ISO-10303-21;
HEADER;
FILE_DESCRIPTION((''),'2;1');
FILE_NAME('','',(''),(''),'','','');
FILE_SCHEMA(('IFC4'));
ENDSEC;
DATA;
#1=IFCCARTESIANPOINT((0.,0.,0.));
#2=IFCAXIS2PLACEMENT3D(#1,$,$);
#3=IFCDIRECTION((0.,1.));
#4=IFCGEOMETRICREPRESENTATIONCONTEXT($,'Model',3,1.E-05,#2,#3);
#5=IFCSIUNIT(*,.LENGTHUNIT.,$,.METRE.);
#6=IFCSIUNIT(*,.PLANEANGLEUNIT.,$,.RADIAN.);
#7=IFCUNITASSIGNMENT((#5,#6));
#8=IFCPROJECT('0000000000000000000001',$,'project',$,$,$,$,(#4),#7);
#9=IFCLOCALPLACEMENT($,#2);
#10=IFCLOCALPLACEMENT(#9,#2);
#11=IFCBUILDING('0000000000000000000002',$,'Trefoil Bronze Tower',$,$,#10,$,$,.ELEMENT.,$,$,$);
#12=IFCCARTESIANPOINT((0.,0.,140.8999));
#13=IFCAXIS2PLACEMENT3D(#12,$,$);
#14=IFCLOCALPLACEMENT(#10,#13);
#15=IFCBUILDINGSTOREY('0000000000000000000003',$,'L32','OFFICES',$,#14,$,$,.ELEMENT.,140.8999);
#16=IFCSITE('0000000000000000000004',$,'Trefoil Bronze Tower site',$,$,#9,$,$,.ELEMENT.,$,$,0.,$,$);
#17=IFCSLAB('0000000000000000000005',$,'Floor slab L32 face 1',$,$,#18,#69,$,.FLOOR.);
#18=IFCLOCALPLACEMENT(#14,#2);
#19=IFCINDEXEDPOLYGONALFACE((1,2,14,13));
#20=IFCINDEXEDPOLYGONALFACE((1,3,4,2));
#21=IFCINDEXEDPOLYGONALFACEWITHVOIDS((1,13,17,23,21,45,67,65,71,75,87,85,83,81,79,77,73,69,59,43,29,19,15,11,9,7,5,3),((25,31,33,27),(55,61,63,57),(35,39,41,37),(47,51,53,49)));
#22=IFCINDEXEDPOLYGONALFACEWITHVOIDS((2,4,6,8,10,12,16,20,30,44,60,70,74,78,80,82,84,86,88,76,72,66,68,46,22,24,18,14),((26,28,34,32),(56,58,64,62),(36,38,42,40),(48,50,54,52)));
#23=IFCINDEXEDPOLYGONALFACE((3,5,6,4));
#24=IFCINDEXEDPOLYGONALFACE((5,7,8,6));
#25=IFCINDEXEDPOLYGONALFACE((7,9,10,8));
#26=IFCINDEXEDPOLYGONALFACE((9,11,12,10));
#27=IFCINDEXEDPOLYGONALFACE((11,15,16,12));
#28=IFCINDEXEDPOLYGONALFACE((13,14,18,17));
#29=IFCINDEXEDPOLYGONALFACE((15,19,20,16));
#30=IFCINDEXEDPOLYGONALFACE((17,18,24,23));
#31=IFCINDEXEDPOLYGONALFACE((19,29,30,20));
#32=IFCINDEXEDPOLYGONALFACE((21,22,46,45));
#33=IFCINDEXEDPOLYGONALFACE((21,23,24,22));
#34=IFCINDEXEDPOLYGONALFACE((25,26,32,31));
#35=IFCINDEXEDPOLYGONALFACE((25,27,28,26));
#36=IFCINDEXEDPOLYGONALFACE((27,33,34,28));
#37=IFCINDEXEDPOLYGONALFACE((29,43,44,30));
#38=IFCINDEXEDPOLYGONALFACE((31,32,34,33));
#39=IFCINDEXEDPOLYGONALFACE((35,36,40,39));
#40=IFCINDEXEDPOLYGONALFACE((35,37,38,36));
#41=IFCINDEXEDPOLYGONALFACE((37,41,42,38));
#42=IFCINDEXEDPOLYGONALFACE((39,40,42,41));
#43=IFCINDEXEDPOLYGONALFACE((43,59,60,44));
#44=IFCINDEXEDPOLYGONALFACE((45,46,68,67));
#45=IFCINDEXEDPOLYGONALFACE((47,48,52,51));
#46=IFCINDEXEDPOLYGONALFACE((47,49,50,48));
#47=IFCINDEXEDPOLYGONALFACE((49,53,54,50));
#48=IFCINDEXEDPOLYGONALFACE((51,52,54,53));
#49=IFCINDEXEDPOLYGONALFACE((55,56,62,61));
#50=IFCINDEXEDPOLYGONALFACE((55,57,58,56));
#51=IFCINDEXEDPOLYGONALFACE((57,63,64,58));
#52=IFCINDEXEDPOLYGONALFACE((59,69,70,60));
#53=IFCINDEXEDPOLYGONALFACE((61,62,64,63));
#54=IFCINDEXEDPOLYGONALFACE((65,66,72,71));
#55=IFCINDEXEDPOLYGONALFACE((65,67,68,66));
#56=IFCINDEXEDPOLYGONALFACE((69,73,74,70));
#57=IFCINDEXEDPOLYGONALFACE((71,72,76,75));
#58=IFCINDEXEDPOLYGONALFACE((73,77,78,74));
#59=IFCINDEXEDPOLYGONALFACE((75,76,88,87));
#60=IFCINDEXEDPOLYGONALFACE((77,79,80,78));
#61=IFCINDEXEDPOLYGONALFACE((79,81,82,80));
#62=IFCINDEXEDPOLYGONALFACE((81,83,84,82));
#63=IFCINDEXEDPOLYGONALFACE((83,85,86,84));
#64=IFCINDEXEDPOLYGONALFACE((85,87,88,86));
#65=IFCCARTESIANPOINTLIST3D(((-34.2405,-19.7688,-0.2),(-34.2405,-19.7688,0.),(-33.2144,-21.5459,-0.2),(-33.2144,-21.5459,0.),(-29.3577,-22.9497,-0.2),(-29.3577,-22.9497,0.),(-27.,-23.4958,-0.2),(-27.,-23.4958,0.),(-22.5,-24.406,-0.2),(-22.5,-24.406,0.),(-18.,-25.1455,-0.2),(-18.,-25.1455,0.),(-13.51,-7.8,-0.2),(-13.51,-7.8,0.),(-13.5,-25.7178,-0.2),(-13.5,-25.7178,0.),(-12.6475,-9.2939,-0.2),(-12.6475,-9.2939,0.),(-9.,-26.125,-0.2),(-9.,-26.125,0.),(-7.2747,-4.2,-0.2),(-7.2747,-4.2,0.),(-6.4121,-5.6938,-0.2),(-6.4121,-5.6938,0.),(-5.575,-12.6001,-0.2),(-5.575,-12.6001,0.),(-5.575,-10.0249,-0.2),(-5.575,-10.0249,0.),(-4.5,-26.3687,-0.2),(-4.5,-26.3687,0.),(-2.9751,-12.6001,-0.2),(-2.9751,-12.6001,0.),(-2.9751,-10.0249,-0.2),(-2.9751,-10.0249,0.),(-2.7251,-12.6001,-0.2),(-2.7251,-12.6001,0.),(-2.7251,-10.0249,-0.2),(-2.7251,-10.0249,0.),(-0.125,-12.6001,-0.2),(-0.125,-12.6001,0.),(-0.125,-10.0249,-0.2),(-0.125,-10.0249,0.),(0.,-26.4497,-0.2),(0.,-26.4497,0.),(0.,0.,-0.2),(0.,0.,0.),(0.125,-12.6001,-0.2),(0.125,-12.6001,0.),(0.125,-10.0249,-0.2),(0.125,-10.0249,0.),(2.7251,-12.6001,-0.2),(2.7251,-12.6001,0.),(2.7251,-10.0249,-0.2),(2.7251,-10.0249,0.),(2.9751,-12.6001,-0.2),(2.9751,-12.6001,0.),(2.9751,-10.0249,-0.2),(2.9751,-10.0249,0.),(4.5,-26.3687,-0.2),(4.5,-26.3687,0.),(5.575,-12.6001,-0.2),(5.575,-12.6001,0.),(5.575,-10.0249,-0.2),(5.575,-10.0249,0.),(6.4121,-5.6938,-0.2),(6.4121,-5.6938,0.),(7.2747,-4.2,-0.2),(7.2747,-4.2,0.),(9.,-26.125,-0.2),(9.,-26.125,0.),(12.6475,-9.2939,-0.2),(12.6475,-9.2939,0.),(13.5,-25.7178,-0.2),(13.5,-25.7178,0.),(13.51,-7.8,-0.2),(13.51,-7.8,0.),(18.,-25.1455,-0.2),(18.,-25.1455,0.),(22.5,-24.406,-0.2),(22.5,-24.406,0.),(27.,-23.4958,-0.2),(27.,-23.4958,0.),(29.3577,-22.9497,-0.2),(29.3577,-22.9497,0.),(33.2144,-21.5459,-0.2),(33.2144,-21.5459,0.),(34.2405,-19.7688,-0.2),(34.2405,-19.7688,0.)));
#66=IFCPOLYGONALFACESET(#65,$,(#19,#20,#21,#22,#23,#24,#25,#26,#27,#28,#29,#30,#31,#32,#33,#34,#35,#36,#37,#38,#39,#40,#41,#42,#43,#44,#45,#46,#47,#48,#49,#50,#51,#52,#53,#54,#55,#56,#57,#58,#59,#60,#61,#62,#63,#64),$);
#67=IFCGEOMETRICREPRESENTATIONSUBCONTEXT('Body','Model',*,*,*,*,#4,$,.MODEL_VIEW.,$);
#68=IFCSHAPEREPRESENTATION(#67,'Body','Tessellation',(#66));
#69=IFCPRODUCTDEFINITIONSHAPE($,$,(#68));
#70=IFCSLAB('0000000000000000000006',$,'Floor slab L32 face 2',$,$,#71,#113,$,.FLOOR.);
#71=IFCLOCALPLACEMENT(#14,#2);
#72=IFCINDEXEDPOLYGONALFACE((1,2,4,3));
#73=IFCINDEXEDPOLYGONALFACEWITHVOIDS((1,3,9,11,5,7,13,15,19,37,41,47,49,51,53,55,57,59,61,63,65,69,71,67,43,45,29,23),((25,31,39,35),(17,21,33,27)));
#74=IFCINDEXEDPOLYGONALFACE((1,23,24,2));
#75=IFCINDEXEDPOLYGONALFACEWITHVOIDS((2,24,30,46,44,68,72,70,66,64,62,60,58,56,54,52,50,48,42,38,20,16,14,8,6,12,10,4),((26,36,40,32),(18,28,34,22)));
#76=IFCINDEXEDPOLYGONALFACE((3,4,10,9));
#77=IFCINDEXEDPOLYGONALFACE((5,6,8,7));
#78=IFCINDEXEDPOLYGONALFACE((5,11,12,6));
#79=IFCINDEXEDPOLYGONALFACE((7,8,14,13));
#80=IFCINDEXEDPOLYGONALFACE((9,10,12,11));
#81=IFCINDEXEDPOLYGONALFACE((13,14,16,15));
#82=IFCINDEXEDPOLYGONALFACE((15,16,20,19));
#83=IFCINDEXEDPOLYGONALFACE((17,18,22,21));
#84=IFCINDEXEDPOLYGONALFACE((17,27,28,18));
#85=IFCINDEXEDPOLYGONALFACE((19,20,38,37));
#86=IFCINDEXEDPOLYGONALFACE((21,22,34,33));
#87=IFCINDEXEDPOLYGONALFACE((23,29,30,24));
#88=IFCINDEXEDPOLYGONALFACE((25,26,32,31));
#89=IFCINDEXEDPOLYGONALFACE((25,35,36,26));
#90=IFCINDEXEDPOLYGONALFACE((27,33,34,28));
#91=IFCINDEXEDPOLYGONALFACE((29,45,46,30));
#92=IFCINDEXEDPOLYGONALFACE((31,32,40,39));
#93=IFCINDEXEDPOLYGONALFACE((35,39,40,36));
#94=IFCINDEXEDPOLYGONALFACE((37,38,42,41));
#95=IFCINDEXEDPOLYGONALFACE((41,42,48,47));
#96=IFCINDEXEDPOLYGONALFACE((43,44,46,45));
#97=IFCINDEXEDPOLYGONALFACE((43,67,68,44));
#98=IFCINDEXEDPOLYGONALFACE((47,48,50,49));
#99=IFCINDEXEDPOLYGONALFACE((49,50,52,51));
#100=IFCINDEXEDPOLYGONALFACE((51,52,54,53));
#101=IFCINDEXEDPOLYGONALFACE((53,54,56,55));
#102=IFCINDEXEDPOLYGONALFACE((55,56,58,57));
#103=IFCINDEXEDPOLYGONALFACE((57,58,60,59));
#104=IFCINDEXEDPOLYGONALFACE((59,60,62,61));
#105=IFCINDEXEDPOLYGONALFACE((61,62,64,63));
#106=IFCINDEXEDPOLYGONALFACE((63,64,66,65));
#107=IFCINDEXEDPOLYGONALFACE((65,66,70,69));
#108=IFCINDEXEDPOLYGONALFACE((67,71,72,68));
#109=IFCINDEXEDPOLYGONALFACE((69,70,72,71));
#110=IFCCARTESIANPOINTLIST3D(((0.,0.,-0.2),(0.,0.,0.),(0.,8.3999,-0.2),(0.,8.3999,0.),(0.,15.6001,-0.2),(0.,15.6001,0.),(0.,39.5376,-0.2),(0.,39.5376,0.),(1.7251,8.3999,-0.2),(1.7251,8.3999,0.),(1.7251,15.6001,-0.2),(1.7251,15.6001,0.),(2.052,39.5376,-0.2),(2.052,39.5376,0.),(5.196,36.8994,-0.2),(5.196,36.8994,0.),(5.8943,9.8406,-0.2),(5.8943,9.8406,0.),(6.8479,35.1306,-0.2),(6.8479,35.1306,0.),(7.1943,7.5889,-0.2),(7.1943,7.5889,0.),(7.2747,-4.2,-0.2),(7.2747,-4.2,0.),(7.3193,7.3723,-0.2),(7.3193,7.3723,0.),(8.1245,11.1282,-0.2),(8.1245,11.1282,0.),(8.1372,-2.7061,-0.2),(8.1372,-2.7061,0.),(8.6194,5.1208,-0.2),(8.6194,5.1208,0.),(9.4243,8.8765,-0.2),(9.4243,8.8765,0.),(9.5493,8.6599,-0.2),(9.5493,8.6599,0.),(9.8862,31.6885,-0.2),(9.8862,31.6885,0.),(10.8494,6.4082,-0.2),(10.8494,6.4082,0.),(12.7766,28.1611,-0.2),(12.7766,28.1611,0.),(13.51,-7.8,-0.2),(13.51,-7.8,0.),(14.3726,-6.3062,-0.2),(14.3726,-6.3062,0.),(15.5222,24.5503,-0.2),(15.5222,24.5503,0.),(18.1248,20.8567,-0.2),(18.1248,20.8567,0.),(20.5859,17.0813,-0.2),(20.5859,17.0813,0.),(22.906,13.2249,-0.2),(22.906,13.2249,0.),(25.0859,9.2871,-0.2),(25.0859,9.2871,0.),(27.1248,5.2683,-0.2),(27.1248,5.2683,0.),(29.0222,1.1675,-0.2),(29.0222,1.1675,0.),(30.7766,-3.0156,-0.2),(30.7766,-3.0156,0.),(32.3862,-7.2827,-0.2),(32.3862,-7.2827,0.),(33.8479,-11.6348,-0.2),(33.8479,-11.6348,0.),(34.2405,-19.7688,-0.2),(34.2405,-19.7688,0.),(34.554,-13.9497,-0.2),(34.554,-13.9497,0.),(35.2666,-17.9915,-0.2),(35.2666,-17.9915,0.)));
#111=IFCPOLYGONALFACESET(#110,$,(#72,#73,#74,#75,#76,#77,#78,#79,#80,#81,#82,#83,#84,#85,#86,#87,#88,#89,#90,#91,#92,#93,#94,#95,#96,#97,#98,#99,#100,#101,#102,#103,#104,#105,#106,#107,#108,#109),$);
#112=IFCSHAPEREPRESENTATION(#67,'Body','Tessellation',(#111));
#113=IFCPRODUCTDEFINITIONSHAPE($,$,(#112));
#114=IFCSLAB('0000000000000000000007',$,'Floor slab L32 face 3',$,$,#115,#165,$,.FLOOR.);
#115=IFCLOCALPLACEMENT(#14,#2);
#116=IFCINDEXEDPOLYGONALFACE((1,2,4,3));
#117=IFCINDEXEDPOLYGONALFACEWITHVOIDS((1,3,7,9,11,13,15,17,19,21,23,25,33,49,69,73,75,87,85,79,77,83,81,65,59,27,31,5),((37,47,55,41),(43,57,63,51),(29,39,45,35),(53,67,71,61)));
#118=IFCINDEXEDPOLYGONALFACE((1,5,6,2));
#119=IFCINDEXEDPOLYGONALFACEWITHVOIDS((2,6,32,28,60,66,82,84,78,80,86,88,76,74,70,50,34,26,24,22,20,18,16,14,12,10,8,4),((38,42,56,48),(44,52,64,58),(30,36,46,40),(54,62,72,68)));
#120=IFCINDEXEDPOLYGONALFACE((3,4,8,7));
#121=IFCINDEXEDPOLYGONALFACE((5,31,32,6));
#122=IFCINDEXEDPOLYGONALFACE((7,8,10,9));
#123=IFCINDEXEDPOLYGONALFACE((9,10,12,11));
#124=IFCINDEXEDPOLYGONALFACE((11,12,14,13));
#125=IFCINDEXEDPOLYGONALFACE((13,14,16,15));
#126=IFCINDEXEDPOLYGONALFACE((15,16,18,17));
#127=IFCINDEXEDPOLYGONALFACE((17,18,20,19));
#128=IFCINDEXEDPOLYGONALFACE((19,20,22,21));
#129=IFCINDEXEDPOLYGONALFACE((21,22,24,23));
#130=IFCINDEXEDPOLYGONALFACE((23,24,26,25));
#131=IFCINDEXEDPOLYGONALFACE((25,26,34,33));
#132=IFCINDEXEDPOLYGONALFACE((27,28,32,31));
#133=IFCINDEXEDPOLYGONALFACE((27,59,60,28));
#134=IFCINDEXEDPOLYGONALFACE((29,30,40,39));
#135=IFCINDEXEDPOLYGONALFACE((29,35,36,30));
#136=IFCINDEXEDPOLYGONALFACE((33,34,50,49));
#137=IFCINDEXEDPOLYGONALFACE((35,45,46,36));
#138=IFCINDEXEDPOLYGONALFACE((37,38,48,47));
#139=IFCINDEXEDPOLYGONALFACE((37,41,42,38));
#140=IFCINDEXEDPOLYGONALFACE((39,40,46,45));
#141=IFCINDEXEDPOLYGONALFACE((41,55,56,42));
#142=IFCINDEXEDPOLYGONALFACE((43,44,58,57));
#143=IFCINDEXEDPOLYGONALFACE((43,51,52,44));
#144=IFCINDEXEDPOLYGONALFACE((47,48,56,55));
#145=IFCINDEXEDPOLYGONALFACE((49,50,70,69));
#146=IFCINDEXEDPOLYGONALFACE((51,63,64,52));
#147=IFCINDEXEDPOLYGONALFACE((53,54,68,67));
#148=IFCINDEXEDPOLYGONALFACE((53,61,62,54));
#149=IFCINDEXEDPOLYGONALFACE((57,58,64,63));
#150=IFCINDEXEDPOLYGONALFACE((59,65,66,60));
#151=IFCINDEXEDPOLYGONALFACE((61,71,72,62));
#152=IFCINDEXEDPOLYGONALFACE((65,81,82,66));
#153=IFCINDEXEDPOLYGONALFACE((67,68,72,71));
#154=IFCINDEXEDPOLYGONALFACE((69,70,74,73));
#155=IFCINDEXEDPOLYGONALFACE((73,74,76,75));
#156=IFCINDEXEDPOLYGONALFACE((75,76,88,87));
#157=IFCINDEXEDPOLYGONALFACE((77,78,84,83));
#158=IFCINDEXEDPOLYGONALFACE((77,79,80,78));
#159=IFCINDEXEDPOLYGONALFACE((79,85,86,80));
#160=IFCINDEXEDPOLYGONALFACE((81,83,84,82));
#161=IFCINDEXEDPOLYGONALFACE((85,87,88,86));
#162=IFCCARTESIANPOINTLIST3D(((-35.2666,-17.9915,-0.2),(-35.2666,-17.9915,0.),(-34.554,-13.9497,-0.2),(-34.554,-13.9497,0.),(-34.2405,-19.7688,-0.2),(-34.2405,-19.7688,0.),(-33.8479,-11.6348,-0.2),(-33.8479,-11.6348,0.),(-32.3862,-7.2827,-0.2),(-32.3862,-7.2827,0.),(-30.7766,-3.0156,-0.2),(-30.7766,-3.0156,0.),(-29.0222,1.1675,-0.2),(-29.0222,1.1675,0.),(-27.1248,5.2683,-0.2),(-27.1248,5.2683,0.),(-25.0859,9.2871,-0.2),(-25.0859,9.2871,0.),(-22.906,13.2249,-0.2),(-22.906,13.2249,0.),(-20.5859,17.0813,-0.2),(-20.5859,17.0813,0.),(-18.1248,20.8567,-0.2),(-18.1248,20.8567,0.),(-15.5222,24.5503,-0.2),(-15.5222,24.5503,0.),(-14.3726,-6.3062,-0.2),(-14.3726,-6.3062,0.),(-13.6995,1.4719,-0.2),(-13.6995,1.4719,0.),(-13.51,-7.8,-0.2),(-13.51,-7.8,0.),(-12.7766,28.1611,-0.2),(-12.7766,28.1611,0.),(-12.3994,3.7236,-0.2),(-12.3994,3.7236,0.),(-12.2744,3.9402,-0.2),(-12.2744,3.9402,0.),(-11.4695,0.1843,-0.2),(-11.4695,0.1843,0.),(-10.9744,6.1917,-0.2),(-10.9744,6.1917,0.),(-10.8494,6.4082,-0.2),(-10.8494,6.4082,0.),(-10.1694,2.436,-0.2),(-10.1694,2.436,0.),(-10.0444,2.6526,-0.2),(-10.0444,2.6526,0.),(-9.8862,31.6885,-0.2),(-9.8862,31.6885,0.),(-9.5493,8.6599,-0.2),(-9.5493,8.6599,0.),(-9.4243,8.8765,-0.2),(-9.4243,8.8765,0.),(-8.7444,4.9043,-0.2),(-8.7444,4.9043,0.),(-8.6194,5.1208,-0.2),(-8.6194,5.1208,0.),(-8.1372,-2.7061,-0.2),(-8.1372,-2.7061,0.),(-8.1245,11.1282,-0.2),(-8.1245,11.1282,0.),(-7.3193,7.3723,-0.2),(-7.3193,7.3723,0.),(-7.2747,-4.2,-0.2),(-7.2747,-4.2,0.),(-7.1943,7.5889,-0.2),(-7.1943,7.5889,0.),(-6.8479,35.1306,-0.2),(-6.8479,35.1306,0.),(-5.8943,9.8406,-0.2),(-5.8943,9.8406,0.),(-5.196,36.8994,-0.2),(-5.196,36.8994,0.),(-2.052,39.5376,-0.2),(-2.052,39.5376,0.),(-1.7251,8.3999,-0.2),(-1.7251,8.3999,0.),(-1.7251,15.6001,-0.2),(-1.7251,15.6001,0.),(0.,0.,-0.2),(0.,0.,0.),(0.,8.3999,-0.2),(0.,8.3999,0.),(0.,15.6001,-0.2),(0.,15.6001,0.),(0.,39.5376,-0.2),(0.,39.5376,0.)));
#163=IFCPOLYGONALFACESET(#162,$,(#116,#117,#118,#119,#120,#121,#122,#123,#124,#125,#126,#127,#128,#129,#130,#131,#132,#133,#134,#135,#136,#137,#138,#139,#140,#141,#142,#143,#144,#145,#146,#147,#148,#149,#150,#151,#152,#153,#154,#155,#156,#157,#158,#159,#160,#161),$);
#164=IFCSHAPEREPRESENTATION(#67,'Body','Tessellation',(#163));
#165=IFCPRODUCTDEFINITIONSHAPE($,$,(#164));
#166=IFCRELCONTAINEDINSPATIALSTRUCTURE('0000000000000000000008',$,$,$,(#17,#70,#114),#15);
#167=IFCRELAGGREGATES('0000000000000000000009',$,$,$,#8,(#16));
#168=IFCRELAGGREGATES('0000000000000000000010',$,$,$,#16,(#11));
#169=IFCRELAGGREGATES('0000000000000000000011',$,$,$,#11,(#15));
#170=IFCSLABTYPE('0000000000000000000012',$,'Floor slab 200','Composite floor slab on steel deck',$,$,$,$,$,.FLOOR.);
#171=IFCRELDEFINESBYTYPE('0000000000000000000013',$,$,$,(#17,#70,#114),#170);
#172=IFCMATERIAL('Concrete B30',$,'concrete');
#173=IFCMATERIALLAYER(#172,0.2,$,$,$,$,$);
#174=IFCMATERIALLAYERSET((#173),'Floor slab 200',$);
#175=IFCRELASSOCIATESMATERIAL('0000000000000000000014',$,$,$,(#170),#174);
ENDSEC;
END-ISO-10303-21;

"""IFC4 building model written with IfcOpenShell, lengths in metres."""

from ifc_helpers import new_model, si_unit, direction, frame, origin, place, context, subcontext, project, spatial, polyline, outline, extrude, material, layer, layer_set, type_object, element, save


model = new_model("IFC4")

# Units and contexts
model_context = context("Model", 3, precision=1e-05, world=origin(), true_north=direction((0.0, 1.0)))
body_context = subcontext(model_context, "Body", "Model", "MODEL_VIEW")
ifc_project = project(units=[si_unit("LENGTHUNIT", "METRE"), si_unit("PLANEANGLEUNIT", "RADIAN")], contexts=[model_context])

# Site, building, storey
site_placement = place(None, origin())
site = spatial("IfcSite", under=ifc_project, at=site_placement, Name="Trefoil Bronze Tower site", CompositionType="ELEMENT", RefElevation=0.0)
building_placement = place(site_placement, origin())
building = spatial("IfcBuilding", under=site, at=building_placement, Name="Trefoil Bronze Tower", CompositionType="ELEMENT")
storey_placement = place(building_placement, frame((0.0, 0.0, 140.8999)))
storey = spatial("IfcBuildingStorey", under=building, at=storey_placement, Name="L32", Description="OFFICES", CompositionType="ELEMENT", Elevation=140.8999)

# Slabs
ifc_material_1 = material(Name="Concrete B30", Category="concrete")
ifc_layer_1 = layer(ifc_material_1, 0.2)
ifc_layer_set_1 = layer_set([ifc_layer_1], Name="Floor slab 200")
slab_type = type_object("IfcSlabType", Name="Floor slab 200", Description="Composite floor slab on steel deck", PredefinedType="FLOOR", material=ifc_layer_set_1)
slab_1_placement = place(storey_placement, frame((0.0, 0.0, -0.2)))
element("IfcSlab", 1, at=slab_1_placement, inside=storey, type_object=slab_type, Name="Floor slab L32 face 1", PredefinedType="FLOOR", context=body_context, shape_type="SweptSolid", body=[
    extrude(outline(polyline([(22.5, -24.406), (18.0, -25.1455), (13.5, -25.7178), (9.0, -26.125), (4.5, -26.3687), (0.0, -26.4497), (-4.5, -26.3687), (-9.0, -26.125), (-13.5, -25.7178), (-18.0, -25.1455), (-22.5, -24.406), (-27.0, -23.4958), (-29.3577, -22.9497), (-33.2144, -21.5459), (-34.2405, -19.7688), (-13.51, -7.8), (-12.6475, -9.2939), (-6.4121, -5.6938), (-7.2747, -4.2), (0.0, 0.0), (7.2747, -4.2), (6.4121, -5.6938), (12.6475, -9.2939), (13.51, -7.8), (34.2405, -19.7688), (33.2144, -21.5459), (29.3577, -22.9497), (27.0, -23.4958), (22.5, -24.406)]), holes=[polyline([(-5.575, -10.0249), (-2.9751, -10.0249), (-2.9751, -12.6001), (-5.575, -12.6001), (-5.575, -10.0249)]), polyline([(-2.7251, -10.0249), (-0.125, -10.0249), (-0.125, -12.6001), (-2.7251, -12.6001), (-2.7251, -10.0249)]), polyline([(0.125, -10.0249), (2.7251, -10.0249), (2.7251, -12.6001), (0.125, -12.6001), (0.125, -10.0249)]), polyline([(2.9751, -10.0249), (5.575, -10.0249), (5.575, -12.6001), (2.9751, -12.6001), (2.9751, -10.0249)])]), origin(), (0.0, 0.0, 1.0), 0.2),
])
slab_2_placement = place(storey_placement, frame((0.0, 0.0, -0.2)))
element("IfcSlab", 2, at=slab_2_placement, inside=storey, type_object=slab_type, Name="Floor slab L32 face 2", PredefinedType="FLOOR", context=body_context, shape_type="SweptSolid", body=[
    extrude(outline(polyline([(9.8862, 31.6885), (12.7766, 28.1611), (15.5222, 24.5503), (18.1248, 20.8567), (20.5859, 17.0813), (22.906, 13.2249), (25.0859, 9.2871), (27.1248, 5.2683), (29.0222, 1.1675), (30.7766, -3.0156), (32.3862, -7.2827), (33.8479, -11.6348), (34.554, -13.9497), (35.2666, -17.9915), (34.2405, -19.7688), (13.51, -7.8), (14.3726, -6.3062), (8.1372, -2.7061), (7.2747, -4.2), (0.0, 0.0), (0.0, 8.3999), (1.7251, 8.3999), (1.7251, 15.6001), (0.0, 15.6001), (0.0, 39.5376), (2.052, 39.5376), (5.196, 36.8994), (6.8479, 35.1306), (9.8862, 31.6885)]), holes=[polyline([(8.6194, 5.1208), (7.3193, 7.3723), (9.5493, 8.6599), (10.8494, 6.4082), (8.6194, 5.1208)]), polyline([(7.1943, 7.5889), (5.8943, 9.8406), (8.1245, 11.1282), (9.4243, 8.8765), (7.1943, 7.5889)])]), origin(), (0.0, 0.0, 1.0), 0.2),
])
slab_3_placement = place(storey_placement, frame((0.0, 0.0, -0.2)))
element("IfcSlab", 3, at=slab_3_placement, inside=storey, type_object=slab_type, Name="Floor slab L32 face 3", PredefinedType="FLOOR", context=body_context, shape_type="SweptSolid", body=[
    extrude(outline(polyline([(-32.3862, -7.2827), (-30.7766, -3.0156), (-29.0222, 1.1675), (-27.1248, 5.2683), (-25.0859, 9.2871), (-22.906, 13.2249), (-20.5859, 17.0813), (-18.1248, 20.8567), (-15.5222, 24.5503), (-12.7766, 28.1611), (-9.8862, 31.6885), (-6.8479, 35.1306), (-5.196, 36.8994), (-2.052, 39.5376), (0.0, 39.5376), (0.0, 15.6001), (-1.7251, 15.6001), (-1.7251, 8.3999), (0.0, 8.3999), (0.0, 0.0), (-7.2747, -4.2), (-8.1372, -2.7061), (-14.3726, -6.3062), (-13.51, -7.8), (-34.2405, -19.7688), (-35.2666, -17.9915), (-34.554, -13.9497), (-33.8479, -11.6348), (-32.3862, -7.2827)]), holes=[polyline([(-5.8943, 9.8406), (-7.1943, 7.5889), (-9.4243, 8.8765), (-8.1245, 11.1282), (-5.8943, 9.8406)]), polyline([(-7.3193, 7.3723), (-8.6194, 5.1208), (-10.8494, 6.4082), (-9.5493, 8.6599), (-7.3193, 7.3723)]), polyline([(-8.7444, 4.9043), (-10.0444, 2.6526), (-12.2744, 3.9402), (-10.9744, 6.1917), (-8.7444, 4.9043)]), polyline([(-10.1694, 2.436), (-11.4695, 0.1843), (-13.6995, 1.4719), (-12.3994, 3.7236), (-10.1694, 2.436)])]), origin(), (0.0, 0.0, 1.0), 0.2),
])

save(model, "model.ifc")
